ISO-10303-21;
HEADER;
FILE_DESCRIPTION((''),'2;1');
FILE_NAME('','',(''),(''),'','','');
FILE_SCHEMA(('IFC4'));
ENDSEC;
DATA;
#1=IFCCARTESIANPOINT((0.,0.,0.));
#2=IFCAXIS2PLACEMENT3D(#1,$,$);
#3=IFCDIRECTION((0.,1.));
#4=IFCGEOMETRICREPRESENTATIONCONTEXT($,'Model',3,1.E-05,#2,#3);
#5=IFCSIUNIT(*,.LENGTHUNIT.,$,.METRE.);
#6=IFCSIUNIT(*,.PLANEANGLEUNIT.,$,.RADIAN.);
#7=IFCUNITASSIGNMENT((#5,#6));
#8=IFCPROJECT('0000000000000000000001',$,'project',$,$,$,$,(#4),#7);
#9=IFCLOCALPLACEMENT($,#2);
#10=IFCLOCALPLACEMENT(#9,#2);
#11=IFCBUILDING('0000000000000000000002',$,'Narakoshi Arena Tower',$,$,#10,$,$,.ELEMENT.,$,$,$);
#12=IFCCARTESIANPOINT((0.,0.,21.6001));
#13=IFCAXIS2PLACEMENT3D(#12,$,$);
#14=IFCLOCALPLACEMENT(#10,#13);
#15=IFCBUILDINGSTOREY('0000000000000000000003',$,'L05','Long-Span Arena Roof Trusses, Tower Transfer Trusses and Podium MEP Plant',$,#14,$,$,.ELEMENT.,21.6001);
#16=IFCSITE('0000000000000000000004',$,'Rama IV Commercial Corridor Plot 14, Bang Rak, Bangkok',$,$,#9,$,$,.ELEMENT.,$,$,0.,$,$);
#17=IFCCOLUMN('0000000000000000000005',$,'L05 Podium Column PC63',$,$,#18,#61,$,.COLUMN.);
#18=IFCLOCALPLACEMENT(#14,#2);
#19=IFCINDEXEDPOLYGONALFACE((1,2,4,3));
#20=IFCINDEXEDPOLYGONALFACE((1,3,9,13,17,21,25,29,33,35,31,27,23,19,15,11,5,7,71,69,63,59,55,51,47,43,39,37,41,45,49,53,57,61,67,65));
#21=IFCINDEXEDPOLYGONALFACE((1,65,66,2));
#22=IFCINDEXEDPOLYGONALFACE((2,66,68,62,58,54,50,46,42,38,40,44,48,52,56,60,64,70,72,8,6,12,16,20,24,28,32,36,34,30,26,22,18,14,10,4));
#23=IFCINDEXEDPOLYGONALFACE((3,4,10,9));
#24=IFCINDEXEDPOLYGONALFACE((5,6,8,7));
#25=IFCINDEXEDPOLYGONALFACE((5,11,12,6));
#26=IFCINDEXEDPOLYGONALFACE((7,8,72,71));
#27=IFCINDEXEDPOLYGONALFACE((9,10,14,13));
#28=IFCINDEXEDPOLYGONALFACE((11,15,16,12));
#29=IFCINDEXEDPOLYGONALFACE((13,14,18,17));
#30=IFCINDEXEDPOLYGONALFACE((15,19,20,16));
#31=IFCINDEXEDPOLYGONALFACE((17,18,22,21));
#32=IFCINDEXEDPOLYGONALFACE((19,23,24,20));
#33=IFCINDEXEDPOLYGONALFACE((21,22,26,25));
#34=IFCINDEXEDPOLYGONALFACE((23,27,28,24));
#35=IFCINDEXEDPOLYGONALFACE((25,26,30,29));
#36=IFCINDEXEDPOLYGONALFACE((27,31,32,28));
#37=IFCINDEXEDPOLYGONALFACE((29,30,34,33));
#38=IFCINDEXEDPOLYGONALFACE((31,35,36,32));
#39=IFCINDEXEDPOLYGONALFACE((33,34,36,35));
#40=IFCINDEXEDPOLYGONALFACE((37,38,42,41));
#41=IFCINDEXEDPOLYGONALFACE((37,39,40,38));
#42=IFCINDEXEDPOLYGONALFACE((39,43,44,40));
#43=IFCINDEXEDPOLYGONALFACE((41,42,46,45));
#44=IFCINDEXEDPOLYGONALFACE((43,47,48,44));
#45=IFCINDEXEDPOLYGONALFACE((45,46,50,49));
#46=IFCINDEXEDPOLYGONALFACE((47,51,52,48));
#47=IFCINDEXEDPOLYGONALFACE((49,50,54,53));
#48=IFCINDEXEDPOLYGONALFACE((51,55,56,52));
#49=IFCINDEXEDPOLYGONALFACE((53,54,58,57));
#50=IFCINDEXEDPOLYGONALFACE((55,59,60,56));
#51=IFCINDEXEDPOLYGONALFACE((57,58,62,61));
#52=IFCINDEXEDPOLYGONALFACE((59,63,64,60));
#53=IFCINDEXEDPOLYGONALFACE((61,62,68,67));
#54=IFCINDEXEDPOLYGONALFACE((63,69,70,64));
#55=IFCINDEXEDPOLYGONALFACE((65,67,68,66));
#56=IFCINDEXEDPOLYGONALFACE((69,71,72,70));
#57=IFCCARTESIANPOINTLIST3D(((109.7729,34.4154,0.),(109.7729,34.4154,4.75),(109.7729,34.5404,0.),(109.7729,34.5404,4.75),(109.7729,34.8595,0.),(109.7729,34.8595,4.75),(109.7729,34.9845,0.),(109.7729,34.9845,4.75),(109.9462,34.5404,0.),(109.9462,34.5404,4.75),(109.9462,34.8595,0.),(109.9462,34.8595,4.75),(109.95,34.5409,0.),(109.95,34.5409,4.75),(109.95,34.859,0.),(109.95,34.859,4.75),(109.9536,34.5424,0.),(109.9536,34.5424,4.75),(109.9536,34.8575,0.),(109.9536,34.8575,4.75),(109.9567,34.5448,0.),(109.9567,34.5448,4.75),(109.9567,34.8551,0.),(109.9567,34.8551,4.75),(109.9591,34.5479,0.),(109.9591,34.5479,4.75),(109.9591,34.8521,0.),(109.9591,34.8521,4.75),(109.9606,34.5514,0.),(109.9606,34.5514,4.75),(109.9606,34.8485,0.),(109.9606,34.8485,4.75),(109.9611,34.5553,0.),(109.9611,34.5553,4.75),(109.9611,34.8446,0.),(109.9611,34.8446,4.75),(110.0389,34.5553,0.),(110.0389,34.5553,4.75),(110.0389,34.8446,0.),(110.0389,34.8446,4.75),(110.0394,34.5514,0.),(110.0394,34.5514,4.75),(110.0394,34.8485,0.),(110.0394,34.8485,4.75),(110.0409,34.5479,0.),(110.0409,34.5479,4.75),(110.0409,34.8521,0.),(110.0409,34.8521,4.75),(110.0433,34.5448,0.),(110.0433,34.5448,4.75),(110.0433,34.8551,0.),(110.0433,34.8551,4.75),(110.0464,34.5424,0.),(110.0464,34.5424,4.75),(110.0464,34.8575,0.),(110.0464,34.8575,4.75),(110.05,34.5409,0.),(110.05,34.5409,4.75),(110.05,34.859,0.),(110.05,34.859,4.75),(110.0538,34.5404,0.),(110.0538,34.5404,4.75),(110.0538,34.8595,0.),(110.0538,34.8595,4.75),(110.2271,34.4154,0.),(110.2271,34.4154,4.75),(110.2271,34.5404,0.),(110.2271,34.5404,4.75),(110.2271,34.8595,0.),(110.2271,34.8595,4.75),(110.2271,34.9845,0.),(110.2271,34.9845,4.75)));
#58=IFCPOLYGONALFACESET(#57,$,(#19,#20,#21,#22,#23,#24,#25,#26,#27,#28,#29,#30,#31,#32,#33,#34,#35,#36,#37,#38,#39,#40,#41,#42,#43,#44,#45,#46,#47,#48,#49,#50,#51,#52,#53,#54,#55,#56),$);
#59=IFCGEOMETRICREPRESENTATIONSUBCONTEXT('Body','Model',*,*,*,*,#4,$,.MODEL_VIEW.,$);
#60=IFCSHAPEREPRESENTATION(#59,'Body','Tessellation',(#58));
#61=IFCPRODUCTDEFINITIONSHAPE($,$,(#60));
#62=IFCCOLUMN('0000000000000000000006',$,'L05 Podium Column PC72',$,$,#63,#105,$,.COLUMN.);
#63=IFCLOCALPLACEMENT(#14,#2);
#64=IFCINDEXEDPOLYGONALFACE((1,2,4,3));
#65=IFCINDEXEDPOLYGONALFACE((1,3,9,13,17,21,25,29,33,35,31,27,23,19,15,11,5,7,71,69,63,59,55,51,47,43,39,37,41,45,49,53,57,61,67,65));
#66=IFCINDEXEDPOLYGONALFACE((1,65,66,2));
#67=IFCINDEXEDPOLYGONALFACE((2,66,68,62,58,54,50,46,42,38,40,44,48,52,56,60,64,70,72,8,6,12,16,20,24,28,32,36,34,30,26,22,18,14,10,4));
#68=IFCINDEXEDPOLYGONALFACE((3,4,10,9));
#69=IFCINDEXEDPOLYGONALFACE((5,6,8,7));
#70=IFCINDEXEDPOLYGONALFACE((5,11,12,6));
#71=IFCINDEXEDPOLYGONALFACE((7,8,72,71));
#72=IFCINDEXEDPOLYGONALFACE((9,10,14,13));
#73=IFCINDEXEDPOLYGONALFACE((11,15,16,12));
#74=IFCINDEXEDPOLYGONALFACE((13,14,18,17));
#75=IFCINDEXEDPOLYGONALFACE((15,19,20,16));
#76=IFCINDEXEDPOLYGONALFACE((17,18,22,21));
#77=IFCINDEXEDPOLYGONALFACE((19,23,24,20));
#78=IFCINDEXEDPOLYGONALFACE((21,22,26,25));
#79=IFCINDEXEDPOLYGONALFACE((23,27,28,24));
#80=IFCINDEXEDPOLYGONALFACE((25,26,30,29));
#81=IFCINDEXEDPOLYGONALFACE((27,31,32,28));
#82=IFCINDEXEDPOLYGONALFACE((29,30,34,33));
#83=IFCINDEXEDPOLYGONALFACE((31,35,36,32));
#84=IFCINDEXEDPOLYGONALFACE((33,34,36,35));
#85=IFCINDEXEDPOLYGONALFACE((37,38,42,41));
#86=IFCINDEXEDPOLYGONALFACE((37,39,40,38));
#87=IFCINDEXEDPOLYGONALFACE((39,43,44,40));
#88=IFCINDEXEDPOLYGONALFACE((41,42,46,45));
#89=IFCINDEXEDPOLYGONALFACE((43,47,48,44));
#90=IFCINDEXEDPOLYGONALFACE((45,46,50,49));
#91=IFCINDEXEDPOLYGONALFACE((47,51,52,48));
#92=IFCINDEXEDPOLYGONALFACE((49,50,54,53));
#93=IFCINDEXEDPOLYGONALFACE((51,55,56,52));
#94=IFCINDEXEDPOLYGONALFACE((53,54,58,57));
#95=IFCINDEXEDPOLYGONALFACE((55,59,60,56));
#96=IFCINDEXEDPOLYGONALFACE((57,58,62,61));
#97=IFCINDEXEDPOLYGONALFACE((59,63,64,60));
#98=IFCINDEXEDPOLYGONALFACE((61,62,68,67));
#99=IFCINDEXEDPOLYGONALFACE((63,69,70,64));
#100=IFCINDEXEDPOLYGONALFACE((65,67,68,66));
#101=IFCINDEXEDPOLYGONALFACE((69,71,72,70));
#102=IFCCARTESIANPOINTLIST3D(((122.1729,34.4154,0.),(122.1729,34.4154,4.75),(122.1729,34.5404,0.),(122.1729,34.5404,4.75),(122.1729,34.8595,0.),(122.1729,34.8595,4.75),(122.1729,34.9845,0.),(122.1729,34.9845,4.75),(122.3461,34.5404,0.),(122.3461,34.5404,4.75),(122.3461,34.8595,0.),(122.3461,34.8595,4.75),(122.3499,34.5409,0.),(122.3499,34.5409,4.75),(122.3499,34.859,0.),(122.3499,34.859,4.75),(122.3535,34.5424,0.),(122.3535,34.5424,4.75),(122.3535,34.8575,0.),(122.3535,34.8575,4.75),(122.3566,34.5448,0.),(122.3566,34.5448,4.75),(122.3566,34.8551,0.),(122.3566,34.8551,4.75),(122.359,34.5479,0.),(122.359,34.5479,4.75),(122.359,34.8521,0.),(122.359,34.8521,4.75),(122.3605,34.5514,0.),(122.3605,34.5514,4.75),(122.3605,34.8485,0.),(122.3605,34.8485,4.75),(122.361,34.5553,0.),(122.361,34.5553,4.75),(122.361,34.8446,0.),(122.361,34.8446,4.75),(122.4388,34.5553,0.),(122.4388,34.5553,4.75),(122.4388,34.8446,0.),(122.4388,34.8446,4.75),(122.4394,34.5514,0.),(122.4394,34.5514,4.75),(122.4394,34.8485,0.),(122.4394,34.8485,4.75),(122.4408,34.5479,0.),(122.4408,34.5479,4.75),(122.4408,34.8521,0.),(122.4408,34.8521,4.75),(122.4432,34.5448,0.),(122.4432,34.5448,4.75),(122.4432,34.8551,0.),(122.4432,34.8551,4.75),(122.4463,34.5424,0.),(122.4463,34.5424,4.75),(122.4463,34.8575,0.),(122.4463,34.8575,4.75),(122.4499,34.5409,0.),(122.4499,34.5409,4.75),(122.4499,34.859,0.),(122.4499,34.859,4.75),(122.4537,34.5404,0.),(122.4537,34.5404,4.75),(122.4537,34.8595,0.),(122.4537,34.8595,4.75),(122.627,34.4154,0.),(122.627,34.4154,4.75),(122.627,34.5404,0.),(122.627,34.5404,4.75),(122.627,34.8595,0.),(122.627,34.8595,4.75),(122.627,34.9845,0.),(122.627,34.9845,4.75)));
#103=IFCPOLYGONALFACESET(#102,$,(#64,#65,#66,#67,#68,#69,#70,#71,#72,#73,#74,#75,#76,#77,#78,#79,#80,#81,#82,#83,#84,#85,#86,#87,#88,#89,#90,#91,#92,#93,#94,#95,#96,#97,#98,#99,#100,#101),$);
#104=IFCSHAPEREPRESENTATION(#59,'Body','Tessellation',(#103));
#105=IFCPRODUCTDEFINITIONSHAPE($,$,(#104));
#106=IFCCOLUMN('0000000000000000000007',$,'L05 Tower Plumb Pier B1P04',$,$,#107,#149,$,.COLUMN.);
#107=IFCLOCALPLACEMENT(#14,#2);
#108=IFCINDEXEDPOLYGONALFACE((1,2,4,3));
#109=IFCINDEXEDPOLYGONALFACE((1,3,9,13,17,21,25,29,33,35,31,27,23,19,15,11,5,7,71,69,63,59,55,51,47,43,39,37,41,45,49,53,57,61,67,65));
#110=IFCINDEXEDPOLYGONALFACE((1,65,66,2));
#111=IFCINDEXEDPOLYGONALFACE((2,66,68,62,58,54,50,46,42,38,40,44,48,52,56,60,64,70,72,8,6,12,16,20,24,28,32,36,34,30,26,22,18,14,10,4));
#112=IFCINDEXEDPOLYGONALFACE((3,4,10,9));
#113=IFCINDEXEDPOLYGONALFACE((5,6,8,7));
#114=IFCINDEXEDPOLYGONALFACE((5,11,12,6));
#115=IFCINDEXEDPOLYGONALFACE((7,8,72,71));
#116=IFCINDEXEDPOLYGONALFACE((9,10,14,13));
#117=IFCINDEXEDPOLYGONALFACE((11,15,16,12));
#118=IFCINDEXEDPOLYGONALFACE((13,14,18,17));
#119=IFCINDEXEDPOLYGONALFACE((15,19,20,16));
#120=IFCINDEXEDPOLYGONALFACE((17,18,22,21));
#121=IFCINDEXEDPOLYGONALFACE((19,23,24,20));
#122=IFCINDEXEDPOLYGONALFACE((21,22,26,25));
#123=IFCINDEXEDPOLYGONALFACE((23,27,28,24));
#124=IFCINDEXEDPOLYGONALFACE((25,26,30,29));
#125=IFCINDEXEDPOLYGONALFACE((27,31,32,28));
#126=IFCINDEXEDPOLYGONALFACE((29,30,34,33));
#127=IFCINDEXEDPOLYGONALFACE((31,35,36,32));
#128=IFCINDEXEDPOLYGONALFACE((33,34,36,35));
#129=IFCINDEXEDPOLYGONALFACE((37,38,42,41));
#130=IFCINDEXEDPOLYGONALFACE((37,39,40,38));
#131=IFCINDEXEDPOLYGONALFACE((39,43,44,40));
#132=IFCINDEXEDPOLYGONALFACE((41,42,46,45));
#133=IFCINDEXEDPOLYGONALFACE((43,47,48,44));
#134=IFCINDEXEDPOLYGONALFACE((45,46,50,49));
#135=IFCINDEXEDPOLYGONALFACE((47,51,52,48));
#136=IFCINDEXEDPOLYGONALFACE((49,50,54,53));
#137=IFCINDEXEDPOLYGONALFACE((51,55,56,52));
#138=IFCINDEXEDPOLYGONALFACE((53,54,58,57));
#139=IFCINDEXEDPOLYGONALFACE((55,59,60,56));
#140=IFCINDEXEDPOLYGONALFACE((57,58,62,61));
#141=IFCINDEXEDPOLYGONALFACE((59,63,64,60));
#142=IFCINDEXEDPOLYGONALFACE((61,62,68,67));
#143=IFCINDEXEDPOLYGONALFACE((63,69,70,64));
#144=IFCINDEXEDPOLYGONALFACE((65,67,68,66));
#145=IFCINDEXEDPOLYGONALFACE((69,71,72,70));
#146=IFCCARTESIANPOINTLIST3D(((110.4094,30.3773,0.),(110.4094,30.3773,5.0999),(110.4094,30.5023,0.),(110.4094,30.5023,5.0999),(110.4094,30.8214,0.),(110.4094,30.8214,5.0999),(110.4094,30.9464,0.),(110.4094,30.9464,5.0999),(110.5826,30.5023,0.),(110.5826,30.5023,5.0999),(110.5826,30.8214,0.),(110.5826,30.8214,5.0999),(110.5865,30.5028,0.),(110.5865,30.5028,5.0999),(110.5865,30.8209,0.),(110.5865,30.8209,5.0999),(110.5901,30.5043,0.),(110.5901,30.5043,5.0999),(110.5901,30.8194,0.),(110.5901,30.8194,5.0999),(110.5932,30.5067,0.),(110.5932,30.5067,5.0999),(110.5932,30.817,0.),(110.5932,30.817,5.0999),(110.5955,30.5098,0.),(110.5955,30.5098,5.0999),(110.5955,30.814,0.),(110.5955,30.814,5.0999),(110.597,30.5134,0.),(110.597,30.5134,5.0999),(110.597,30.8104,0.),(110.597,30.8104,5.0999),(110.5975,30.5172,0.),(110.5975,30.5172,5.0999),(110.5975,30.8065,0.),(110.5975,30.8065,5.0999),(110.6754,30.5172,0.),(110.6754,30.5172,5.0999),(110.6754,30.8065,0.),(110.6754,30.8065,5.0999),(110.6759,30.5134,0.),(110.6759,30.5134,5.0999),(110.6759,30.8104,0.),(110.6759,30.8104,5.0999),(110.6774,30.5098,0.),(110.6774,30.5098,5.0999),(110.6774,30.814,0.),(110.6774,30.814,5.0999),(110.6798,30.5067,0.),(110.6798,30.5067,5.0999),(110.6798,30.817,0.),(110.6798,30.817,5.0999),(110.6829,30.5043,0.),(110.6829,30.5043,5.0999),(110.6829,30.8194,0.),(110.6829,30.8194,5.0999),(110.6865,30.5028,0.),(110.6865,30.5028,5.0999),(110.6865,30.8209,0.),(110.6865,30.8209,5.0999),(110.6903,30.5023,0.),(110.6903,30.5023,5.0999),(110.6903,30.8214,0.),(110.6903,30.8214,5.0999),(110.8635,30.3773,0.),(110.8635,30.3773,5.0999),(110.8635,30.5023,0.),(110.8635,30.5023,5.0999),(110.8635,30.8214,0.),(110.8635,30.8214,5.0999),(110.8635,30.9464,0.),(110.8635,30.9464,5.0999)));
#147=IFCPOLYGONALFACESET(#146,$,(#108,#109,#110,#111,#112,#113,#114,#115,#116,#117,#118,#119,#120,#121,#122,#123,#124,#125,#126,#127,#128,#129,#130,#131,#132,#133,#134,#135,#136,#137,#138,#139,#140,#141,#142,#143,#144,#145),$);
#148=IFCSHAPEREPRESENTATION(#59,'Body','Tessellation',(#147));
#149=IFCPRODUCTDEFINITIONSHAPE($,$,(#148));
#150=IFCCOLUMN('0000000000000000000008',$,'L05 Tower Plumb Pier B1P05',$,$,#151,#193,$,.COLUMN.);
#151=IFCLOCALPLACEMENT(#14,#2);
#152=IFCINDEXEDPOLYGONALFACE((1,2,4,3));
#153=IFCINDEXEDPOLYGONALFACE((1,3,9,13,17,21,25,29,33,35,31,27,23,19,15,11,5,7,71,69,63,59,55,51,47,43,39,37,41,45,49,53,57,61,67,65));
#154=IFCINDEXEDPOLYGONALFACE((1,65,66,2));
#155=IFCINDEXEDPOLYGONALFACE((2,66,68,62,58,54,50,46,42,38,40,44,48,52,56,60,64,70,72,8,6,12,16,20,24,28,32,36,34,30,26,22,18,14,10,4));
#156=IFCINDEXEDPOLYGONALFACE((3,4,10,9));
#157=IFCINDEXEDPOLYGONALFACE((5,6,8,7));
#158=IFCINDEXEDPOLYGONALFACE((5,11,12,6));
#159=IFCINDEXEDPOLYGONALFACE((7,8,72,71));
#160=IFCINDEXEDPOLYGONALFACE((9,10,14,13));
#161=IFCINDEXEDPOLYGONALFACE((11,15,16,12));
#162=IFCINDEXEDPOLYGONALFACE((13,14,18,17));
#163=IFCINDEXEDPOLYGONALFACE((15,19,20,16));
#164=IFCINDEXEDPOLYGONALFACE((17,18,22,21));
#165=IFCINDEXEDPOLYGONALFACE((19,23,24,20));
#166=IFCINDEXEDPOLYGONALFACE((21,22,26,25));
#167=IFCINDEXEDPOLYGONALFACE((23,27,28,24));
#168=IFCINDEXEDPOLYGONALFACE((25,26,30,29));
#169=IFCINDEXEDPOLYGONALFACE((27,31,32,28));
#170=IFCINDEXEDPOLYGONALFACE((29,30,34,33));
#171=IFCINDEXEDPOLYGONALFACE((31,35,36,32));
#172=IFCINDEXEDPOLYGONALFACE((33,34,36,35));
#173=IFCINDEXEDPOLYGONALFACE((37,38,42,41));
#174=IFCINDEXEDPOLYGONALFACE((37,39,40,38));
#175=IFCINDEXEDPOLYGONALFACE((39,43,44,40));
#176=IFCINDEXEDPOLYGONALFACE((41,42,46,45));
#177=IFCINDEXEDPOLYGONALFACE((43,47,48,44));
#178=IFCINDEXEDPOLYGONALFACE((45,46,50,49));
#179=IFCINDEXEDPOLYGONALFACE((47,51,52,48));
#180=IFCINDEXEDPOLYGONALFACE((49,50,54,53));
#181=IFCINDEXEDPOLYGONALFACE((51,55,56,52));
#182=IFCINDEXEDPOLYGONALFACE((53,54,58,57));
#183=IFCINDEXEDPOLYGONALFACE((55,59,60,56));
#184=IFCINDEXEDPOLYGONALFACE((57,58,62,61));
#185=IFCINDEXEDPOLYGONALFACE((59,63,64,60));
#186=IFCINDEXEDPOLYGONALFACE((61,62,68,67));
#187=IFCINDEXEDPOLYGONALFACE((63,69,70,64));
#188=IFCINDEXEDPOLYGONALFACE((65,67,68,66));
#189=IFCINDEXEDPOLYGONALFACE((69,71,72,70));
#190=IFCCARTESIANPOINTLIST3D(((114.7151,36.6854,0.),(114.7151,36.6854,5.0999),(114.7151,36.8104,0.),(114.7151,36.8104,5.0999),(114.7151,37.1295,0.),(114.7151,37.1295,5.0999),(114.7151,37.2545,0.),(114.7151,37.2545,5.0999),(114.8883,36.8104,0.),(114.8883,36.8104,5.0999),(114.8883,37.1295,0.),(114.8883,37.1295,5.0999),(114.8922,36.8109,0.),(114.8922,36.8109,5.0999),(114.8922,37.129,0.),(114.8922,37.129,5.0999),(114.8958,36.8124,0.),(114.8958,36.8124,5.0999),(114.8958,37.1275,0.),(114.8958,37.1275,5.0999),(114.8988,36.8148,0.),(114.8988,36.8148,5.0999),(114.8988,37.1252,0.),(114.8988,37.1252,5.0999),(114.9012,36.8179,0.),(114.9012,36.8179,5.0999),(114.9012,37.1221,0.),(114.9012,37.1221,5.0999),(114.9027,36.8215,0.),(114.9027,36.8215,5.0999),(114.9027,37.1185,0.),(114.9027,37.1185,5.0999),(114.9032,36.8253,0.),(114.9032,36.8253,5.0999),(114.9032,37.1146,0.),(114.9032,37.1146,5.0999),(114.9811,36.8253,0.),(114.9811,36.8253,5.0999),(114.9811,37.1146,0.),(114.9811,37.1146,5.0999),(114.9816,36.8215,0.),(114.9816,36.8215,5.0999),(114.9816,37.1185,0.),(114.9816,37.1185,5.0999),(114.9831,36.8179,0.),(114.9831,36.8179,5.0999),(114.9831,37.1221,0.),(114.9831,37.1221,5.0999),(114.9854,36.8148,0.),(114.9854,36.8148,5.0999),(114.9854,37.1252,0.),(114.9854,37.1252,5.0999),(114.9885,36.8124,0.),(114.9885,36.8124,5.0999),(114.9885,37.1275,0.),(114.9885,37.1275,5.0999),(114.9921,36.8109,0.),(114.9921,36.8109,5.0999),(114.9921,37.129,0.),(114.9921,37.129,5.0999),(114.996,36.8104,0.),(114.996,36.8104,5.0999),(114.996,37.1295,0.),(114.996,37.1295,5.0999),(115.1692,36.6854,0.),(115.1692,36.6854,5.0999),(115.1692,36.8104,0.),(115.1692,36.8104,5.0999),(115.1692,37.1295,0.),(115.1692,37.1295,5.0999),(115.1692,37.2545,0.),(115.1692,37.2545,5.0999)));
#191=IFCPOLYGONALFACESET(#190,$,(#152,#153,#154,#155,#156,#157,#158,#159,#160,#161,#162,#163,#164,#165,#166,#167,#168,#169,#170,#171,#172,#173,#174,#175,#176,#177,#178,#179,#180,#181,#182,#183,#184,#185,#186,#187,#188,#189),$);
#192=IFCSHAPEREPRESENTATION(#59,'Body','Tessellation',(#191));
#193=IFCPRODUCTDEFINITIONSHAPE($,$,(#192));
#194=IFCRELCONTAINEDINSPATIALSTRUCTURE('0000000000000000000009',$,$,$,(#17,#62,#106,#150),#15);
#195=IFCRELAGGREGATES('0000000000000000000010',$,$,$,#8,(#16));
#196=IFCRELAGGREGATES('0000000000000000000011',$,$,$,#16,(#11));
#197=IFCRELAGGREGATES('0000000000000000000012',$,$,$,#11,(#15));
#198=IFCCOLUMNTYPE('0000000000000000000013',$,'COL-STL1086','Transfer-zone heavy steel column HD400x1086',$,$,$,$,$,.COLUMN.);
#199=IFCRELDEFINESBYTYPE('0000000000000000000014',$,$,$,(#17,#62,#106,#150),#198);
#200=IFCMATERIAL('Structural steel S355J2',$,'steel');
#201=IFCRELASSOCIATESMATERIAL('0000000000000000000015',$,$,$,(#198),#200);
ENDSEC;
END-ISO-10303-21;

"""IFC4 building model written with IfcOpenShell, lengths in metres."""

from ifc_helpers import new_model, si_unit, direction, frame, origin, origin_2d, place, context, subcontext, project, spatial, i_section, extrude, material, material_profile, profile_set, type_object, element, save


model = new_model("IFC4")

# Units and contexts
model_context = context("Model", 3, precision=1e-05, world=origin(), true_north=direction((0.0, 1.0)))
body_context = subcontext(model_context, "Body", "Model", "MODEL_VIEW")
ifc_project = project(units=[si_unit("LENGTHUNIT", "METRE"), si_unit("PLANEANGLEUNIT", "RADIAN")], contexts=[model_context])

# Site, building, storey
site_placement = place(None, origin())
site = spatial("IfcSite", under=ifc_project, at=site_placement, Name="Rama IV Commercial Corridor Plot 14, Bang Rak, Bangkok", CompositionType="ELEMENT", RefElevation=0.0)
building_placement = place(site_placement, origin())
building = spatial("IfcBuilding", under=site, at=building_placement, Name="Narakoshi Arena Tower", CompositionType="ELEMENT")
storey_placement = place(building_placement, frame((0.0, 0.0, 21.6001)))
storey = spatial("IfcBuildingStorey", under=building, at=storey_placement, Name="L05", Description="Long-Span Arena Roof Trusses, Tower Transfer Trusses and Podium MEP Plant", CompositionType="ELEMENT", Elevation=21.6001)

# Columns
ifc_material_1 = material(Name="Structural steel S355J2", Category="steel")
ifc_material_profile_1 = material_profile(ifc_material_1, i_section(OverallWidth=0.4541, OverallDepth=0.5691, WebThickness=0.0779, FlangeThickness=0.125, FilletRadius=0.0149, at=origin_2d()), Name="HD400x1086")
ifc_profile_set_1 = profile_set([ifc_material_profile_1], Name="Structural steel S355J2")
column_type = type_object("IfcColumnType", Name="COL-STL1086", Description="Transfer-zone heavy steel column HD400x1086", PredefinedType="COLUMN", material=ifc_profile_set_1)
for number, where, z_axis, x_axis, name in (
    (1, (110.0, 34.7, 0.0), (0.0, 0.0, 1.0), (1.0, 0.0, 0.0), "L05 Podium Column PC63"),
    (2, (122.3999, 34.7, 0.0), (0.0, 0.0, 1.0), (1.0, 0.0, 0.0), "L05 Podium Column PC72"),
):
    element("IfcColumn", number, at=place(storey_placement, frame(where, z_axis=z_axis, x_axis=x_axis)), inside=storey, type_object=column_type, Name=name, PredefinedType="COLUMN", context=body_context, shape_type="SweptSolid", body=[
        extrude(i_section(OverallWidth=0.4541, OverallDepth=0.5691, WebThickness=0.0779, FlangeThickness=0.125, FilletRadius=0.0149, at=origin_2d()), origin(), (0.0, 0.0, 1.0), 4.75),
    ])
for number, where, z_axis, x_axis, name in (
    (3, (110.6365, 30.6619, 0.0), (0.0, 0.0, 1.0), (1.0, 0.0, 0.0), "L05 Tower Plumb Pier B1P04"),
    (4, (114.9421, 36.97, 0.0), (0.0, 0.0, 1.0), (1.0, 0.0, 0.0), "L05 Tower Plumb Pier B1P05"),
):
    element("IfcColumn", number, at=place(storey_placement, frame(where, z_axis=z_axis, x_axis=x_axis)), inside=storey, type_object=column_type, Name=name, PredefinedType="COLUMN", context=body_context, shape_type="SweptSolid", body=[
        extrude(i_section(OverallWidth=0.4541, OverallDepth=0.5691, WebThickness=0.0779, FlangeThickness=0.125, FilletRadius=0.0149, at=origin_2d()), origin(), (0.0, 0.0, 1.0), 5.0999),
    ])

save(model, "model.ifc")
